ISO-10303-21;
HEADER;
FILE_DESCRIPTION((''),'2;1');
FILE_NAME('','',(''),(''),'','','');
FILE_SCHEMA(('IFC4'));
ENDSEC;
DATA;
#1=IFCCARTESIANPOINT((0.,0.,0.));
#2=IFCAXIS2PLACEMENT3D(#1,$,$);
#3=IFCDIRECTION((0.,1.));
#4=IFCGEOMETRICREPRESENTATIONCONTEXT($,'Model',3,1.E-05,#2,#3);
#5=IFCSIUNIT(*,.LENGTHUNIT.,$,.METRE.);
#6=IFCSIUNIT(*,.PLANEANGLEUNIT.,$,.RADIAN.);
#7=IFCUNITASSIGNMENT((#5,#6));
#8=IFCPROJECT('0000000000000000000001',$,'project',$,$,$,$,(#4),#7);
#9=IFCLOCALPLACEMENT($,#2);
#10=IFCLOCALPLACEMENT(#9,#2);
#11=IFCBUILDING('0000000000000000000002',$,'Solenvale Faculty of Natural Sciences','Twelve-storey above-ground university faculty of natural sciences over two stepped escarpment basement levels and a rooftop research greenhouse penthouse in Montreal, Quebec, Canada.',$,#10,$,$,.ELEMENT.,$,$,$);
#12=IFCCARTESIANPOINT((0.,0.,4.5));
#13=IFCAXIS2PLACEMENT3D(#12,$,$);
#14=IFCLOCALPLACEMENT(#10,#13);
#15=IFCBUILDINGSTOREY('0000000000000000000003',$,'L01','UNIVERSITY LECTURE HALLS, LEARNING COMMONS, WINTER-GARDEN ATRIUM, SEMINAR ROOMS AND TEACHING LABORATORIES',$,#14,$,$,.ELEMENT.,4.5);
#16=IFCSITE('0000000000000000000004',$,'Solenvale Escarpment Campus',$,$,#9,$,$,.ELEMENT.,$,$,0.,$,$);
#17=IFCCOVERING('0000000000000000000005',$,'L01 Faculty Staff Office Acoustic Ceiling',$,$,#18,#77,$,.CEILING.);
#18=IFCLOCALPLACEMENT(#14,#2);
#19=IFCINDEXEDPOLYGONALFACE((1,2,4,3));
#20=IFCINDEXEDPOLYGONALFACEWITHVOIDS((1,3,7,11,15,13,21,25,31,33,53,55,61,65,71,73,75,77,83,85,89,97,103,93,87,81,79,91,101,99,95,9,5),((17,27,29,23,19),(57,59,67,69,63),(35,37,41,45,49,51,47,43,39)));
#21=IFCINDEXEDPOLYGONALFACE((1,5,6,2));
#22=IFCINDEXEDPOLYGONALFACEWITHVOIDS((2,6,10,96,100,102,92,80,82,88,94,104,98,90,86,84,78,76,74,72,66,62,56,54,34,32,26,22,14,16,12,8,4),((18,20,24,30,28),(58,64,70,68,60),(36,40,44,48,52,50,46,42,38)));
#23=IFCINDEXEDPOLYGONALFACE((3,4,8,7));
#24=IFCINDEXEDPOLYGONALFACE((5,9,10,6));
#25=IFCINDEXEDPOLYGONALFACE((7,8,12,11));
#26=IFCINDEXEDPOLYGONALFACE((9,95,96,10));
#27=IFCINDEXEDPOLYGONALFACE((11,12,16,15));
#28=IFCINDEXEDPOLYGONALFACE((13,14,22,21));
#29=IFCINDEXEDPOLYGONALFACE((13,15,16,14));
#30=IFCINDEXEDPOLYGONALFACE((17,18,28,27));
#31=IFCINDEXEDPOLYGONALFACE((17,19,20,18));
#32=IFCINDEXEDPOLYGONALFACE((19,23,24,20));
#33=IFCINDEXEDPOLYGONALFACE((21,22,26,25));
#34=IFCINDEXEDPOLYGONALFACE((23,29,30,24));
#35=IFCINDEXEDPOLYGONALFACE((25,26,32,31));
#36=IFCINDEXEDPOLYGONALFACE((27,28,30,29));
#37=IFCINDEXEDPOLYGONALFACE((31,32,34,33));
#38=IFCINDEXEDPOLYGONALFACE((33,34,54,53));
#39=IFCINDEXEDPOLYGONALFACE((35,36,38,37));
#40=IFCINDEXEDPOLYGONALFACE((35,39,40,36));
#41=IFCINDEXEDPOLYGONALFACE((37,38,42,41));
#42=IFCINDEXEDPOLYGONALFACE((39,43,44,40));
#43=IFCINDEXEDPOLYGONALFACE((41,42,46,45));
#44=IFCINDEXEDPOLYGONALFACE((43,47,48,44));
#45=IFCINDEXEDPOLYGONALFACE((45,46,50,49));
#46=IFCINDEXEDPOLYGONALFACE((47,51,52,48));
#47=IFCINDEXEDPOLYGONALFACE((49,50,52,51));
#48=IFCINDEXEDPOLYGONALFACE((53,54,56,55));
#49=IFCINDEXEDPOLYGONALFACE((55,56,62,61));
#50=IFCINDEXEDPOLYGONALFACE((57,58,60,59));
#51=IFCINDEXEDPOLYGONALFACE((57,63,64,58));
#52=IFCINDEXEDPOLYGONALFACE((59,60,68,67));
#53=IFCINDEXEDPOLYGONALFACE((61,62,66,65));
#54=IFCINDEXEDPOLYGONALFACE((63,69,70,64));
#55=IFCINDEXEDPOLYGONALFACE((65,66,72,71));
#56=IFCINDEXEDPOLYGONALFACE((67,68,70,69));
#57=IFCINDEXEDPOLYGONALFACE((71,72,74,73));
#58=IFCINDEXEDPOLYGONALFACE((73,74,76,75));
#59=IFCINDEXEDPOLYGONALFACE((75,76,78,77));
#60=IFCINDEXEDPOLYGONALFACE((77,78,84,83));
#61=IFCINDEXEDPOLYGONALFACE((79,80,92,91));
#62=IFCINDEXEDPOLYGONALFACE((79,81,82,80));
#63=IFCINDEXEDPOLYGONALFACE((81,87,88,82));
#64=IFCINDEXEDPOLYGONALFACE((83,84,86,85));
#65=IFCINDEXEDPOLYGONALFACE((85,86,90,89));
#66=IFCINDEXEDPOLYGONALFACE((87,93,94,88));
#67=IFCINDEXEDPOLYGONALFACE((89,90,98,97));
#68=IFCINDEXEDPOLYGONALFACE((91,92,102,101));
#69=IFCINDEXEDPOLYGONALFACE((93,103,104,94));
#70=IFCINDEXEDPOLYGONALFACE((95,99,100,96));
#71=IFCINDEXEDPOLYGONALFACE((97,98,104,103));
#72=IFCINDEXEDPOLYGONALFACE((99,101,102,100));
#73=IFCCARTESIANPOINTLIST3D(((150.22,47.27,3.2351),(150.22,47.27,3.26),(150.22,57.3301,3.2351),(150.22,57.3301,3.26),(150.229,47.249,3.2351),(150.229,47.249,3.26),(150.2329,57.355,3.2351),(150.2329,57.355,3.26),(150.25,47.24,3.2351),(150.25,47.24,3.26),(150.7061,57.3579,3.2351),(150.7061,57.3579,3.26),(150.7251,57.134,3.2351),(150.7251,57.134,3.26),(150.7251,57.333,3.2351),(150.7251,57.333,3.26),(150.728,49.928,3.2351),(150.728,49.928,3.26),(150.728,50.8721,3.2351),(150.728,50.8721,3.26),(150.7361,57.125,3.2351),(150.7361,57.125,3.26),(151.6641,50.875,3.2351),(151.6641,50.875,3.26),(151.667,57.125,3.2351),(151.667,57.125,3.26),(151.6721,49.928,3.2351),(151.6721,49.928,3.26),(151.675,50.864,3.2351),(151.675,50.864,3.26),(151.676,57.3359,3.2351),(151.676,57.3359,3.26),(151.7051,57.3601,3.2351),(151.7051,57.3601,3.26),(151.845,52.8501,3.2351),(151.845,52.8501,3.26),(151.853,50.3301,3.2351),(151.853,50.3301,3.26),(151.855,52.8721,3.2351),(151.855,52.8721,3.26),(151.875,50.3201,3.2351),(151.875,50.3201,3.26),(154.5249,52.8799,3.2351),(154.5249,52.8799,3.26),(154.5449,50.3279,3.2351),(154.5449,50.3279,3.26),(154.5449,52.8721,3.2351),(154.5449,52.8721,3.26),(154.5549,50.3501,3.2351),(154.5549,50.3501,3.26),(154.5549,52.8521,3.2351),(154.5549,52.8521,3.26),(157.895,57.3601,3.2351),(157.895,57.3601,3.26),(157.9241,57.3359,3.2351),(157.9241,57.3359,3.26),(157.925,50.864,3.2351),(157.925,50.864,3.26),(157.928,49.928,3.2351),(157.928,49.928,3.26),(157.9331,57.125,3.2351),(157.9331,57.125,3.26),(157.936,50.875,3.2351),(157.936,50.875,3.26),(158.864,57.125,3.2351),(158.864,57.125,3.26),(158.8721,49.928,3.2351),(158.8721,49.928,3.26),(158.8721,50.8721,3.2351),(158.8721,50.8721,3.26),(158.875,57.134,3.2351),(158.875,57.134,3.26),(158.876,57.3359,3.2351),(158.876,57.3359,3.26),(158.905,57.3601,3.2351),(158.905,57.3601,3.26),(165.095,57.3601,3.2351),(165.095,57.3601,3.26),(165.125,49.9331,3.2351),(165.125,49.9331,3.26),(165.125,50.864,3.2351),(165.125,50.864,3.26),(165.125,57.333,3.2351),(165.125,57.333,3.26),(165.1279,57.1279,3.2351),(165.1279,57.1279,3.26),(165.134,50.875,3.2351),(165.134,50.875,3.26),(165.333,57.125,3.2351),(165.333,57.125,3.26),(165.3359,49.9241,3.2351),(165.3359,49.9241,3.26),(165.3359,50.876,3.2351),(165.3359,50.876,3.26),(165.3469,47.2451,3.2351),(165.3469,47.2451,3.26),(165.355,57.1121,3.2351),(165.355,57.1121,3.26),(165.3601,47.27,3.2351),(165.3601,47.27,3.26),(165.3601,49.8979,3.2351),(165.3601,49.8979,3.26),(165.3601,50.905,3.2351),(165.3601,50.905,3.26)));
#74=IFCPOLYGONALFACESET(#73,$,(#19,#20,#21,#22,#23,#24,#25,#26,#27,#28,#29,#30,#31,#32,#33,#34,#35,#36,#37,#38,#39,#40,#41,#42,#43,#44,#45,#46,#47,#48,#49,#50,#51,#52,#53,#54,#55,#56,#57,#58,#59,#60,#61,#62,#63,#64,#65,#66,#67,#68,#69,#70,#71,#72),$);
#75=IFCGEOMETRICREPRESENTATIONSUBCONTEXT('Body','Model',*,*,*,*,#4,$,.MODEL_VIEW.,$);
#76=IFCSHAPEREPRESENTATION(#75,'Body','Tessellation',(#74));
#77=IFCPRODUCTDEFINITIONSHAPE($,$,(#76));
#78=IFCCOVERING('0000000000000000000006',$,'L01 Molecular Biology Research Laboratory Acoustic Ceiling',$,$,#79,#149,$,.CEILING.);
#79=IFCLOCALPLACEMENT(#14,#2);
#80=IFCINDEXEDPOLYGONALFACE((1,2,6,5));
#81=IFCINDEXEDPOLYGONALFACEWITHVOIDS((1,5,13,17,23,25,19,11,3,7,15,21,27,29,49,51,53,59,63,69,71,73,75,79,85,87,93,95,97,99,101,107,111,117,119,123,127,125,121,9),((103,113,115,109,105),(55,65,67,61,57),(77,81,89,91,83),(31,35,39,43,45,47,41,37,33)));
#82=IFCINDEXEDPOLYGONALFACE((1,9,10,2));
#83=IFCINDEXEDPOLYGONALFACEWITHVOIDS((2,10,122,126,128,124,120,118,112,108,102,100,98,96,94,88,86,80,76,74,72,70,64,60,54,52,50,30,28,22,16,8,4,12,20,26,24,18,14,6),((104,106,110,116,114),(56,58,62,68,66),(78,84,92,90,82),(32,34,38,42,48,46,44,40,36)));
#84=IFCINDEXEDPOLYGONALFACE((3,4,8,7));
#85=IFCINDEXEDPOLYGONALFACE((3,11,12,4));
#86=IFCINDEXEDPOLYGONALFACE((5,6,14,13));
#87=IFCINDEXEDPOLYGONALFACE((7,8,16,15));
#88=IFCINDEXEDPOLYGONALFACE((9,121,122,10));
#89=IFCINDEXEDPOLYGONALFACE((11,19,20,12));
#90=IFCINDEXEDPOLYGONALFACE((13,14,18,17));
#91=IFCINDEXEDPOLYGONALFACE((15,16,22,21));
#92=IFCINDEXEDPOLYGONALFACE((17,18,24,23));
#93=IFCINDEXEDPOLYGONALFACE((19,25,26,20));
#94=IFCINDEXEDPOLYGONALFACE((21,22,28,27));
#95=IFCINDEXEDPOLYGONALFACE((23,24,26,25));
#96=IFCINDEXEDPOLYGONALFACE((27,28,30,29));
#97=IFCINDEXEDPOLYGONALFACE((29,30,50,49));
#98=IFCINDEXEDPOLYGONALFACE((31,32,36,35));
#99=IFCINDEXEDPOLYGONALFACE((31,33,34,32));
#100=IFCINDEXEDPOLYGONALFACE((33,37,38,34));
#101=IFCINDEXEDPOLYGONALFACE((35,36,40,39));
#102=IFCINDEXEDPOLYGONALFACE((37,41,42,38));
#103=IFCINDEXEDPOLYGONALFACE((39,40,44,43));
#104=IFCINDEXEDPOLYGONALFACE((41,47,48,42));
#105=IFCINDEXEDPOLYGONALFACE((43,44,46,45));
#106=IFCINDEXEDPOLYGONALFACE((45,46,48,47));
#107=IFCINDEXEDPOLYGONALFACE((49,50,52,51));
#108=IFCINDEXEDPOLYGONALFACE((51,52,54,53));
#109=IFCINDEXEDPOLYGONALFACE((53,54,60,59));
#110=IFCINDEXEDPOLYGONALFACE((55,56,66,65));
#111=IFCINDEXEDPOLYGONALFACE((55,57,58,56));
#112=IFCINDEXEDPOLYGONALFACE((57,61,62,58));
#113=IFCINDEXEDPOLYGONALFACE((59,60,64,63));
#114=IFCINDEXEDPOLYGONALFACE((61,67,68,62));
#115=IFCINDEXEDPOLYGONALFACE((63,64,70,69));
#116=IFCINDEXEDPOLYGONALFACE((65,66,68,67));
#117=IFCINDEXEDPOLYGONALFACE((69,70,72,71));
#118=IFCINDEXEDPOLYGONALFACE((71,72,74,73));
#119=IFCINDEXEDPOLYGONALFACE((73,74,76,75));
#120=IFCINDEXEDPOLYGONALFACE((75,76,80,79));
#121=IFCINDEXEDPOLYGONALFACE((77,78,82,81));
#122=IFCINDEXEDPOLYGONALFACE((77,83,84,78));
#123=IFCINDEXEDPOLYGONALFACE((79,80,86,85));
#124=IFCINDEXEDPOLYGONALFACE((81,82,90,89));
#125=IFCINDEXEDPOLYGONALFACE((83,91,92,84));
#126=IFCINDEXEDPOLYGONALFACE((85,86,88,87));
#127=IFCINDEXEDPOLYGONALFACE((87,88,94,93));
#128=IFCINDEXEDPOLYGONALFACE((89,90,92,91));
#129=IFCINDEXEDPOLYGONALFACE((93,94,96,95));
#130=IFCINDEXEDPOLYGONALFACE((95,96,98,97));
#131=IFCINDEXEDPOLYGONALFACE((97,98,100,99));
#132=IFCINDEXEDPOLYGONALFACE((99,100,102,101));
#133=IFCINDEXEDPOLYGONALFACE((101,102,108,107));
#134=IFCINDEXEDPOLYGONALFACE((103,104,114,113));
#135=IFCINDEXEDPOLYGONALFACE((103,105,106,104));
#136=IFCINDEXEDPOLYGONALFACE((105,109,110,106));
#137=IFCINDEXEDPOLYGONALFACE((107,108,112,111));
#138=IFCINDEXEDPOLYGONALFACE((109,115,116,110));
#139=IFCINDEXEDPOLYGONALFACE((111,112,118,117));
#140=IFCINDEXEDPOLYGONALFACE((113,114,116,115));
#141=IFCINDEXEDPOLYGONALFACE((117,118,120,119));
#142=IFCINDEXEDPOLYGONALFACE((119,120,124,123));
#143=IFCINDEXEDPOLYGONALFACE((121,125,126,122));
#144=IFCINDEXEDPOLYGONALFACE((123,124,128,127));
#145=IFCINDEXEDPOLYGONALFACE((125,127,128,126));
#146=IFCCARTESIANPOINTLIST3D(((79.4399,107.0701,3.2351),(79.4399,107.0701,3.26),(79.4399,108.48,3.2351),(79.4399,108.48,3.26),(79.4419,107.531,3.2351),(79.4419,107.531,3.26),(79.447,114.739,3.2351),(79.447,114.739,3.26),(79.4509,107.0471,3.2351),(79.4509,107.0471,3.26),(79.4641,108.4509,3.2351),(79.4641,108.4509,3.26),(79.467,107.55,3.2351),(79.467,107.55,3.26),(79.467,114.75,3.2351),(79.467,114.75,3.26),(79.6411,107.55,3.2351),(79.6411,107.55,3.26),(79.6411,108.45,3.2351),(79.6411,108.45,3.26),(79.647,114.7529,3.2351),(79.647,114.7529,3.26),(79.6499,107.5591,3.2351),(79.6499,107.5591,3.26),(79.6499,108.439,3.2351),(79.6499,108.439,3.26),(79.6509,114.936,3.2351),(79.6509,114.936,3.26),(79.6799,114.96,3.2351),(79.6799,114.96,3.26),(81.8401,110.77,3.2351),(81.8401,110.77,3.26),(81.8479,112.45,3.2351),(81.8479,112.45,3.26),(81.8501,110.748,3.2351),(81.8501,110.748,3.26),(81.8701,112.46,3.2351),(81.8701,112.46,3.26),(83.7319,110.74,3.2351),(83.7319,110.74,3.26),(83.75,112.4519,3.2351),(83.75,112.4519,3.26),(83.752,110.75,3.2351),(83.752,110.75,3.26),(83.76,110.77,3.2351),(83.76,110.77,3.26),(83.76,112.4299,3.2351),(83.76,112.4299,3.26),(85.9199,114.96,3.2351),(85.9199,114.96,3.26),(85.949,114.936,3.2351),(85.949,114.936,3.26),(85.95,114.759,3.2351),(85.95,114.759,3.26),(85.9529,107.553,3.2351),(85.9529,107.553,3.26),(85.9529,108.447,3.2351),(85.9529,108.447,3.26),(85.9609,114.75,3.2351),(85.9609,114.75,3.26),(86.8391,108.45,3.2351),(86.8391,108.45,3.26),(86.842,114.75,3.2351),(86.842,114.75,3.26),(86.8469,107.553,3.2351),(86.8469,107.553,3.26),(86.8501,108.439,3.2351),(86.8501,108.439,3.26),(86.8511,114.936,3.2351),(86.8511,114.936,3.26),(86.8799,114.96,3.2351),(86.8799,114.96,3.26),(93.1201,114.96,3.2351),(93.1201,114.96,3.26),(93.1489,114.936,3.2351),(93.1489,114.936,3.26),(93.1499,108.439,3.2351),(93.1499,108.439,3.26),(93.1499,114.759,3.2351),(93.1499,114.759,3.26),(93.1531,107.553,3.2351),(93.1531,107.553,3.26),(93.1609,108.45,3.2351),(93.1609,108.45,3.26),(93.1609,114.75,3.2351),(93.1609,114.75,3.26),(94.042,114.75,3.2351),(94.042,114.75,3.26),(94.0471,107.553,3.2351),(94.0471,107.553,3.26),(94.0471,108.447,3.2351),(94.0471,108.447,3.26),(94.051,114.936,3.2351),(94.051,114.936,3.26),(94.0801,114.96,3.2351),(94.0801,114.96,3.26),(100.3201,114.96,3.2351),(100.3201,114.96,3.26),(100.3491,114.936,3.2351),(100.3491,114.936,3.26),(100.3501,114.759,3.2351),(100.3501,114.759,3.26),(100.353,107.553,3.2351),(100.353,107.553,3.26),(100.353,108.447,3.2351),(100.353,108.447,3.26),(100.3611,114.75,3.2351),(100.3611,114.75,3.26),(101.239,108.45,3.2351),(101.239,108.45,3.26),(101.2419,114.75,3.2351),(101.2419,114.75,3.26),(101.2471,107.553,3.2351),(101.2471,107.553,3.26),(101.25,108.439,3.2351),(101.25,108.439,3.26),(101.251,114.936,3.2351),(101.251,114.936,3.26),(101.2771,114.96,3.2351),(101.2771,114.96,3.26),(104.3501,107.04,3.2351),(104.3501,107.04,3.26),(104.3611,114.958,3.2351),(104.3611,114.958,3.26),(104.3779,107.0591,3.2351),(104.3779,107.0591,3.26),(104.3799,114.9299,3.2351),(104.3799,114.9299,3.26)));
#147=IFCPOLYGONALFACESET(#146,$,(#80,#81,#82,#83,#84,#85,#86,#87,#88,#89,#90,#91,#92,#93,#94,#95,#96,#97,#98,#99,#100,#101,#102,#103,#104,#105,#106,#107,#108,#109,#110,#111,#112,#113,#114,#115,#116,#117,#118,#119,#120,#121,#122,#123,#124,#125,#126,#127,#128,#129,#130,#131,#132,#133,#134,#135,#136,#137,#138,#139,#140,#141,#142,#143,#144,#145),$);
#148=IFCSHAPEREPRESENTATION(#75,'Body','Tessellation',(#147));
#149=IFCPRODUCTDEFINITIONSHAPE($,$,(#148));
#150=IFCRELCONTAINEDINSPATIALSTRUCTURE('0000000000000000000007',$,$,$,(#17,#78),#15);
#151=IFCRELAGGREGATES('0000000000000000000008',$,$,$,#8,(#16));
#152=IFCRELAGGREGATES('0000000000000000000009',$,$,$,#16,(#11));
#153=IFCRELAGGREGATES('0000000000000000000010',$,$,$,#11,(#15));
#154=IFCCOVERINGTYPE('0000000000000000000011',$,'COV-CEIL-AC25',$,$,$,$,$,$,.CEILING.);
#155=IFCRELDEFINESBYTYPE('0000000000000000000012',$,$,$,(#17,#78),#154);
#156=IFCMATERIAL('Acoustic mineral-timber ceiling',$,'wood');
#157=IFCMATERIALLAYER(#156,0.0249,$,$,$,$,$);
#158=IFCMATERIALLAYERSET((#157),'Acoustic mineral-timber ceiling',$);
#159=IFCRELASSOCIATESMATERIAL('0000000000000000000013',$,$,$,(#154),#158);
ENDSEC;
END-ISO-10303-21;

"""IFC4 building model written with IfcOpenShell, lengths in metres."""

from ifc_helpers import new_model, si_unit, direction, frame, origin, place, context, subcontext, project, spatial, polyline, outline, extrude, material, layer, layer_set, type_object, element, save


model = new_model("IFC4")

# Units and contexts
model_context = context("Model", 3, precision=1e-05, world=origin(), true_north=direction((0.0, 1.0)))
body_context = subcontext(model_context, "Body", "Model", "MODEL_VIEW")
ifc_project = project(units=[si_unit("LENGTHUNIT", "METRE"), si_unit("PLANEANGLEUNIT", "RADIAN")], contexts=[model_context])

# Site, building, storey
site_placement = place(None, origin())
site = spatial("IfcSite", under=ifc_project, at=site_placement, Name="Solenvale Escarpment Campus", CompositionType="ELEMENT", RefElevation=0.0)
building_placement = place(site_placement, origin())
building = spatial("IfcBuilding", under=site, at=building_placement, Name="Solenvale Faculty of Natural Sciences", Description="Twelve-storey above-ground university faculty of natural sciences over two stepped escarpment basement levels and a rooftop research greenhouse penthouse in Montreal, Quebec, Canada.", CompositionType="ELEMENT")
storey_placement = place(building_placement, frame((0.0, 0.0, 4.5)))
storey = spatial("IfcBuildingStorey", under=building, at=storey_placement, Name="L01", Description="UNIVERSITY LECTURE HALLS, LEARNING COMMONS, WINTER-GARDEN ATRIUM, SEMINAR ROOMS AND TEACHING LABORATORIES", CompositionType="ELEMENT", Elevation=4.5)

# Coverings
ifc_material_1 = material(Name="Acoustic mineral-timber ceiling", Category="wood")
ifc_layer_1 = layer(ifc_material_1, 0.0249)
ifc_layer_set_1 = layer_set([ifc_layer_1], Name="Acoustic mineral-timber ceiling")
covering_type_1 = type_object("IfcCoveringType", Name="COV-CEIL-AC25", PredefinedType="CEILING", material=ifc_layer_set_1)
covering_1_placement = place(storey_placement, frame((0.0, 0.0, 3.2351)))
element("IfcCovering", 1, at=covering_1_placement, inside=storey, type_object=covering_type_1, Name="L01 Faculty Staff Office Acoustic Ceiling", PredefinedType="CEILING", context=body_context, shape_type="SweptSolid", body=[
    extrude(outline(polyline([(150.25, 47.24), (150.229, 47.249), (150.22, 47.27), (150.22, 57.3301), (150.2329, 57.355), (150.7061, 57.3579), (150.7251, 57.333), (150.7251, 57.134), (150.7361, 57.125), (151.667, 57.125), (151.676, 57.3359), (151.7051, 57.3601), (157.895, 57.3601), (157.9241, 57.3359), (157.9331, 57.125), (158.864, 57.125), (158.875, 57.134), (158.876, 57.3359), (158.905, 57.3601), (165.095, 57.3601), (165.125, 57.333), (165.1279, 57.1279), (165.333, 57.125), (165.355, 57.1121), (165.3601, 50.905), (165.3359, 50.876), (165.134, 50.875), (165.125, 50.864), (165.125, 49.9331), (165.3359, 49.9241), (165.3601, 49.8979), (165.3601, 47.27), (165.3469, 47.2451), (150.25, 47.24)]), holes=[polyline([(157.936, 50.875), (157.925, 50.864), (157.928, 49.928), (158.8721, 49.928), (158.8721, 50.8721), (157.936, 50.875)]), polyline([(154.5549, 52.8521), (154.5449, 52.8721), (154.5249, 52.8799), (151.855, 52.8721), (151.845, 52.8501), (151.853, 50.3301), (151.875, 50.3201), (154.5449, 50.3279), (154.5549, 50.3501), (154.5549, 52.8521)]), polyline([(151.675, 50.864), (151.6641, 50.875), (150.728, 50.8721), (150.728, 49.928), (151.6721, 49.928), (151.675, 50.864)])]), origin(), (0.0, 0.0, 1.0), 0.0249),
])
covering_2_placement = place(storey_placement, frame((0.0, 0.0, 3.2351)))
element("IfcCovering", 2, at=covering_2_placement, inside=storey, type_object=covering_type_1, Name="L01 Molecular Biology Research Laboratory Acoustic Ceiling", PredefinedType="CEILING", context=body_context, shape_type="SweptSolid", body=[
    extrude(outline(polyline([(85.9199, 114.96), (85.949, 114.936), (85.95, 114.759), (85.9609, 114.75), (86.842, 114.75), (86.8511, 114.936), (86.8799, 114.96), (93.1201, 114.96), (93.1489, 114.936), (93.1499, 114.759), (93.1609, 114.75), (94.042, 114.75), (94.051, 114.936), (94.0801, 114.96), (100.3201, 114.96), (100.3491, 114.936), (100.3501, 114.759), (100.3611, 114.75), (101.2419, 114.75), (101.251, 114.936), (101.2771, 114.96), (104.3611, 114.958), (104.3799, 114.9299), (104.3779, 107.0591), (104.3501, 107.04), (79.4509, 107.0471), (79.4399, 107.0701), (79.4419, 107.531), (79.467, 107.55), (79.6411, 107.55), (79.6499, 107.5591), (79.6499, 108.439), (79.6411, 108.45), (79.4641, 108.4509), (79.4399, 108.48), (79.447, 114.739), (79.467, 114.75), (79.647, 114.7529), (79.6509, 114.936), (79.6799, 114.96), (85.9199, 114.96)]), holes=[polyline([(101.25, 108.439), (101.239, 108.45), (100.353, 108.447), (100.353, 107.553), (101.2471, 107.553), (101.25, 108.439)]), polyline([(93.1609, 108.45), (93.1499, 108.439), (93.1531, 107.553), (94.0471, 107.553), (94.0471, 108.447), (93.1609, 108.45)]), polyline([(86.8501, 108.439), (86.8391, 108.45), (85.9529, 108.447), (85.9529, 107.553), (86.8469, 107.553), (86.8501, 108.439)]), polyline([(83.7319, 110.74), (83.752, 110.75), (83.76, 110.77), (83.76, 112.4299), (83.75, 112.4519), (81.8701, 112.46), (81.8479, 112.45), (81.8401, 110.77), (81.8501, 110.748), (83.7319, 110.74)])]), origin(), (0.0, 0.0, 1.0), 0.0249),
])

save(model, "model.ifc")
